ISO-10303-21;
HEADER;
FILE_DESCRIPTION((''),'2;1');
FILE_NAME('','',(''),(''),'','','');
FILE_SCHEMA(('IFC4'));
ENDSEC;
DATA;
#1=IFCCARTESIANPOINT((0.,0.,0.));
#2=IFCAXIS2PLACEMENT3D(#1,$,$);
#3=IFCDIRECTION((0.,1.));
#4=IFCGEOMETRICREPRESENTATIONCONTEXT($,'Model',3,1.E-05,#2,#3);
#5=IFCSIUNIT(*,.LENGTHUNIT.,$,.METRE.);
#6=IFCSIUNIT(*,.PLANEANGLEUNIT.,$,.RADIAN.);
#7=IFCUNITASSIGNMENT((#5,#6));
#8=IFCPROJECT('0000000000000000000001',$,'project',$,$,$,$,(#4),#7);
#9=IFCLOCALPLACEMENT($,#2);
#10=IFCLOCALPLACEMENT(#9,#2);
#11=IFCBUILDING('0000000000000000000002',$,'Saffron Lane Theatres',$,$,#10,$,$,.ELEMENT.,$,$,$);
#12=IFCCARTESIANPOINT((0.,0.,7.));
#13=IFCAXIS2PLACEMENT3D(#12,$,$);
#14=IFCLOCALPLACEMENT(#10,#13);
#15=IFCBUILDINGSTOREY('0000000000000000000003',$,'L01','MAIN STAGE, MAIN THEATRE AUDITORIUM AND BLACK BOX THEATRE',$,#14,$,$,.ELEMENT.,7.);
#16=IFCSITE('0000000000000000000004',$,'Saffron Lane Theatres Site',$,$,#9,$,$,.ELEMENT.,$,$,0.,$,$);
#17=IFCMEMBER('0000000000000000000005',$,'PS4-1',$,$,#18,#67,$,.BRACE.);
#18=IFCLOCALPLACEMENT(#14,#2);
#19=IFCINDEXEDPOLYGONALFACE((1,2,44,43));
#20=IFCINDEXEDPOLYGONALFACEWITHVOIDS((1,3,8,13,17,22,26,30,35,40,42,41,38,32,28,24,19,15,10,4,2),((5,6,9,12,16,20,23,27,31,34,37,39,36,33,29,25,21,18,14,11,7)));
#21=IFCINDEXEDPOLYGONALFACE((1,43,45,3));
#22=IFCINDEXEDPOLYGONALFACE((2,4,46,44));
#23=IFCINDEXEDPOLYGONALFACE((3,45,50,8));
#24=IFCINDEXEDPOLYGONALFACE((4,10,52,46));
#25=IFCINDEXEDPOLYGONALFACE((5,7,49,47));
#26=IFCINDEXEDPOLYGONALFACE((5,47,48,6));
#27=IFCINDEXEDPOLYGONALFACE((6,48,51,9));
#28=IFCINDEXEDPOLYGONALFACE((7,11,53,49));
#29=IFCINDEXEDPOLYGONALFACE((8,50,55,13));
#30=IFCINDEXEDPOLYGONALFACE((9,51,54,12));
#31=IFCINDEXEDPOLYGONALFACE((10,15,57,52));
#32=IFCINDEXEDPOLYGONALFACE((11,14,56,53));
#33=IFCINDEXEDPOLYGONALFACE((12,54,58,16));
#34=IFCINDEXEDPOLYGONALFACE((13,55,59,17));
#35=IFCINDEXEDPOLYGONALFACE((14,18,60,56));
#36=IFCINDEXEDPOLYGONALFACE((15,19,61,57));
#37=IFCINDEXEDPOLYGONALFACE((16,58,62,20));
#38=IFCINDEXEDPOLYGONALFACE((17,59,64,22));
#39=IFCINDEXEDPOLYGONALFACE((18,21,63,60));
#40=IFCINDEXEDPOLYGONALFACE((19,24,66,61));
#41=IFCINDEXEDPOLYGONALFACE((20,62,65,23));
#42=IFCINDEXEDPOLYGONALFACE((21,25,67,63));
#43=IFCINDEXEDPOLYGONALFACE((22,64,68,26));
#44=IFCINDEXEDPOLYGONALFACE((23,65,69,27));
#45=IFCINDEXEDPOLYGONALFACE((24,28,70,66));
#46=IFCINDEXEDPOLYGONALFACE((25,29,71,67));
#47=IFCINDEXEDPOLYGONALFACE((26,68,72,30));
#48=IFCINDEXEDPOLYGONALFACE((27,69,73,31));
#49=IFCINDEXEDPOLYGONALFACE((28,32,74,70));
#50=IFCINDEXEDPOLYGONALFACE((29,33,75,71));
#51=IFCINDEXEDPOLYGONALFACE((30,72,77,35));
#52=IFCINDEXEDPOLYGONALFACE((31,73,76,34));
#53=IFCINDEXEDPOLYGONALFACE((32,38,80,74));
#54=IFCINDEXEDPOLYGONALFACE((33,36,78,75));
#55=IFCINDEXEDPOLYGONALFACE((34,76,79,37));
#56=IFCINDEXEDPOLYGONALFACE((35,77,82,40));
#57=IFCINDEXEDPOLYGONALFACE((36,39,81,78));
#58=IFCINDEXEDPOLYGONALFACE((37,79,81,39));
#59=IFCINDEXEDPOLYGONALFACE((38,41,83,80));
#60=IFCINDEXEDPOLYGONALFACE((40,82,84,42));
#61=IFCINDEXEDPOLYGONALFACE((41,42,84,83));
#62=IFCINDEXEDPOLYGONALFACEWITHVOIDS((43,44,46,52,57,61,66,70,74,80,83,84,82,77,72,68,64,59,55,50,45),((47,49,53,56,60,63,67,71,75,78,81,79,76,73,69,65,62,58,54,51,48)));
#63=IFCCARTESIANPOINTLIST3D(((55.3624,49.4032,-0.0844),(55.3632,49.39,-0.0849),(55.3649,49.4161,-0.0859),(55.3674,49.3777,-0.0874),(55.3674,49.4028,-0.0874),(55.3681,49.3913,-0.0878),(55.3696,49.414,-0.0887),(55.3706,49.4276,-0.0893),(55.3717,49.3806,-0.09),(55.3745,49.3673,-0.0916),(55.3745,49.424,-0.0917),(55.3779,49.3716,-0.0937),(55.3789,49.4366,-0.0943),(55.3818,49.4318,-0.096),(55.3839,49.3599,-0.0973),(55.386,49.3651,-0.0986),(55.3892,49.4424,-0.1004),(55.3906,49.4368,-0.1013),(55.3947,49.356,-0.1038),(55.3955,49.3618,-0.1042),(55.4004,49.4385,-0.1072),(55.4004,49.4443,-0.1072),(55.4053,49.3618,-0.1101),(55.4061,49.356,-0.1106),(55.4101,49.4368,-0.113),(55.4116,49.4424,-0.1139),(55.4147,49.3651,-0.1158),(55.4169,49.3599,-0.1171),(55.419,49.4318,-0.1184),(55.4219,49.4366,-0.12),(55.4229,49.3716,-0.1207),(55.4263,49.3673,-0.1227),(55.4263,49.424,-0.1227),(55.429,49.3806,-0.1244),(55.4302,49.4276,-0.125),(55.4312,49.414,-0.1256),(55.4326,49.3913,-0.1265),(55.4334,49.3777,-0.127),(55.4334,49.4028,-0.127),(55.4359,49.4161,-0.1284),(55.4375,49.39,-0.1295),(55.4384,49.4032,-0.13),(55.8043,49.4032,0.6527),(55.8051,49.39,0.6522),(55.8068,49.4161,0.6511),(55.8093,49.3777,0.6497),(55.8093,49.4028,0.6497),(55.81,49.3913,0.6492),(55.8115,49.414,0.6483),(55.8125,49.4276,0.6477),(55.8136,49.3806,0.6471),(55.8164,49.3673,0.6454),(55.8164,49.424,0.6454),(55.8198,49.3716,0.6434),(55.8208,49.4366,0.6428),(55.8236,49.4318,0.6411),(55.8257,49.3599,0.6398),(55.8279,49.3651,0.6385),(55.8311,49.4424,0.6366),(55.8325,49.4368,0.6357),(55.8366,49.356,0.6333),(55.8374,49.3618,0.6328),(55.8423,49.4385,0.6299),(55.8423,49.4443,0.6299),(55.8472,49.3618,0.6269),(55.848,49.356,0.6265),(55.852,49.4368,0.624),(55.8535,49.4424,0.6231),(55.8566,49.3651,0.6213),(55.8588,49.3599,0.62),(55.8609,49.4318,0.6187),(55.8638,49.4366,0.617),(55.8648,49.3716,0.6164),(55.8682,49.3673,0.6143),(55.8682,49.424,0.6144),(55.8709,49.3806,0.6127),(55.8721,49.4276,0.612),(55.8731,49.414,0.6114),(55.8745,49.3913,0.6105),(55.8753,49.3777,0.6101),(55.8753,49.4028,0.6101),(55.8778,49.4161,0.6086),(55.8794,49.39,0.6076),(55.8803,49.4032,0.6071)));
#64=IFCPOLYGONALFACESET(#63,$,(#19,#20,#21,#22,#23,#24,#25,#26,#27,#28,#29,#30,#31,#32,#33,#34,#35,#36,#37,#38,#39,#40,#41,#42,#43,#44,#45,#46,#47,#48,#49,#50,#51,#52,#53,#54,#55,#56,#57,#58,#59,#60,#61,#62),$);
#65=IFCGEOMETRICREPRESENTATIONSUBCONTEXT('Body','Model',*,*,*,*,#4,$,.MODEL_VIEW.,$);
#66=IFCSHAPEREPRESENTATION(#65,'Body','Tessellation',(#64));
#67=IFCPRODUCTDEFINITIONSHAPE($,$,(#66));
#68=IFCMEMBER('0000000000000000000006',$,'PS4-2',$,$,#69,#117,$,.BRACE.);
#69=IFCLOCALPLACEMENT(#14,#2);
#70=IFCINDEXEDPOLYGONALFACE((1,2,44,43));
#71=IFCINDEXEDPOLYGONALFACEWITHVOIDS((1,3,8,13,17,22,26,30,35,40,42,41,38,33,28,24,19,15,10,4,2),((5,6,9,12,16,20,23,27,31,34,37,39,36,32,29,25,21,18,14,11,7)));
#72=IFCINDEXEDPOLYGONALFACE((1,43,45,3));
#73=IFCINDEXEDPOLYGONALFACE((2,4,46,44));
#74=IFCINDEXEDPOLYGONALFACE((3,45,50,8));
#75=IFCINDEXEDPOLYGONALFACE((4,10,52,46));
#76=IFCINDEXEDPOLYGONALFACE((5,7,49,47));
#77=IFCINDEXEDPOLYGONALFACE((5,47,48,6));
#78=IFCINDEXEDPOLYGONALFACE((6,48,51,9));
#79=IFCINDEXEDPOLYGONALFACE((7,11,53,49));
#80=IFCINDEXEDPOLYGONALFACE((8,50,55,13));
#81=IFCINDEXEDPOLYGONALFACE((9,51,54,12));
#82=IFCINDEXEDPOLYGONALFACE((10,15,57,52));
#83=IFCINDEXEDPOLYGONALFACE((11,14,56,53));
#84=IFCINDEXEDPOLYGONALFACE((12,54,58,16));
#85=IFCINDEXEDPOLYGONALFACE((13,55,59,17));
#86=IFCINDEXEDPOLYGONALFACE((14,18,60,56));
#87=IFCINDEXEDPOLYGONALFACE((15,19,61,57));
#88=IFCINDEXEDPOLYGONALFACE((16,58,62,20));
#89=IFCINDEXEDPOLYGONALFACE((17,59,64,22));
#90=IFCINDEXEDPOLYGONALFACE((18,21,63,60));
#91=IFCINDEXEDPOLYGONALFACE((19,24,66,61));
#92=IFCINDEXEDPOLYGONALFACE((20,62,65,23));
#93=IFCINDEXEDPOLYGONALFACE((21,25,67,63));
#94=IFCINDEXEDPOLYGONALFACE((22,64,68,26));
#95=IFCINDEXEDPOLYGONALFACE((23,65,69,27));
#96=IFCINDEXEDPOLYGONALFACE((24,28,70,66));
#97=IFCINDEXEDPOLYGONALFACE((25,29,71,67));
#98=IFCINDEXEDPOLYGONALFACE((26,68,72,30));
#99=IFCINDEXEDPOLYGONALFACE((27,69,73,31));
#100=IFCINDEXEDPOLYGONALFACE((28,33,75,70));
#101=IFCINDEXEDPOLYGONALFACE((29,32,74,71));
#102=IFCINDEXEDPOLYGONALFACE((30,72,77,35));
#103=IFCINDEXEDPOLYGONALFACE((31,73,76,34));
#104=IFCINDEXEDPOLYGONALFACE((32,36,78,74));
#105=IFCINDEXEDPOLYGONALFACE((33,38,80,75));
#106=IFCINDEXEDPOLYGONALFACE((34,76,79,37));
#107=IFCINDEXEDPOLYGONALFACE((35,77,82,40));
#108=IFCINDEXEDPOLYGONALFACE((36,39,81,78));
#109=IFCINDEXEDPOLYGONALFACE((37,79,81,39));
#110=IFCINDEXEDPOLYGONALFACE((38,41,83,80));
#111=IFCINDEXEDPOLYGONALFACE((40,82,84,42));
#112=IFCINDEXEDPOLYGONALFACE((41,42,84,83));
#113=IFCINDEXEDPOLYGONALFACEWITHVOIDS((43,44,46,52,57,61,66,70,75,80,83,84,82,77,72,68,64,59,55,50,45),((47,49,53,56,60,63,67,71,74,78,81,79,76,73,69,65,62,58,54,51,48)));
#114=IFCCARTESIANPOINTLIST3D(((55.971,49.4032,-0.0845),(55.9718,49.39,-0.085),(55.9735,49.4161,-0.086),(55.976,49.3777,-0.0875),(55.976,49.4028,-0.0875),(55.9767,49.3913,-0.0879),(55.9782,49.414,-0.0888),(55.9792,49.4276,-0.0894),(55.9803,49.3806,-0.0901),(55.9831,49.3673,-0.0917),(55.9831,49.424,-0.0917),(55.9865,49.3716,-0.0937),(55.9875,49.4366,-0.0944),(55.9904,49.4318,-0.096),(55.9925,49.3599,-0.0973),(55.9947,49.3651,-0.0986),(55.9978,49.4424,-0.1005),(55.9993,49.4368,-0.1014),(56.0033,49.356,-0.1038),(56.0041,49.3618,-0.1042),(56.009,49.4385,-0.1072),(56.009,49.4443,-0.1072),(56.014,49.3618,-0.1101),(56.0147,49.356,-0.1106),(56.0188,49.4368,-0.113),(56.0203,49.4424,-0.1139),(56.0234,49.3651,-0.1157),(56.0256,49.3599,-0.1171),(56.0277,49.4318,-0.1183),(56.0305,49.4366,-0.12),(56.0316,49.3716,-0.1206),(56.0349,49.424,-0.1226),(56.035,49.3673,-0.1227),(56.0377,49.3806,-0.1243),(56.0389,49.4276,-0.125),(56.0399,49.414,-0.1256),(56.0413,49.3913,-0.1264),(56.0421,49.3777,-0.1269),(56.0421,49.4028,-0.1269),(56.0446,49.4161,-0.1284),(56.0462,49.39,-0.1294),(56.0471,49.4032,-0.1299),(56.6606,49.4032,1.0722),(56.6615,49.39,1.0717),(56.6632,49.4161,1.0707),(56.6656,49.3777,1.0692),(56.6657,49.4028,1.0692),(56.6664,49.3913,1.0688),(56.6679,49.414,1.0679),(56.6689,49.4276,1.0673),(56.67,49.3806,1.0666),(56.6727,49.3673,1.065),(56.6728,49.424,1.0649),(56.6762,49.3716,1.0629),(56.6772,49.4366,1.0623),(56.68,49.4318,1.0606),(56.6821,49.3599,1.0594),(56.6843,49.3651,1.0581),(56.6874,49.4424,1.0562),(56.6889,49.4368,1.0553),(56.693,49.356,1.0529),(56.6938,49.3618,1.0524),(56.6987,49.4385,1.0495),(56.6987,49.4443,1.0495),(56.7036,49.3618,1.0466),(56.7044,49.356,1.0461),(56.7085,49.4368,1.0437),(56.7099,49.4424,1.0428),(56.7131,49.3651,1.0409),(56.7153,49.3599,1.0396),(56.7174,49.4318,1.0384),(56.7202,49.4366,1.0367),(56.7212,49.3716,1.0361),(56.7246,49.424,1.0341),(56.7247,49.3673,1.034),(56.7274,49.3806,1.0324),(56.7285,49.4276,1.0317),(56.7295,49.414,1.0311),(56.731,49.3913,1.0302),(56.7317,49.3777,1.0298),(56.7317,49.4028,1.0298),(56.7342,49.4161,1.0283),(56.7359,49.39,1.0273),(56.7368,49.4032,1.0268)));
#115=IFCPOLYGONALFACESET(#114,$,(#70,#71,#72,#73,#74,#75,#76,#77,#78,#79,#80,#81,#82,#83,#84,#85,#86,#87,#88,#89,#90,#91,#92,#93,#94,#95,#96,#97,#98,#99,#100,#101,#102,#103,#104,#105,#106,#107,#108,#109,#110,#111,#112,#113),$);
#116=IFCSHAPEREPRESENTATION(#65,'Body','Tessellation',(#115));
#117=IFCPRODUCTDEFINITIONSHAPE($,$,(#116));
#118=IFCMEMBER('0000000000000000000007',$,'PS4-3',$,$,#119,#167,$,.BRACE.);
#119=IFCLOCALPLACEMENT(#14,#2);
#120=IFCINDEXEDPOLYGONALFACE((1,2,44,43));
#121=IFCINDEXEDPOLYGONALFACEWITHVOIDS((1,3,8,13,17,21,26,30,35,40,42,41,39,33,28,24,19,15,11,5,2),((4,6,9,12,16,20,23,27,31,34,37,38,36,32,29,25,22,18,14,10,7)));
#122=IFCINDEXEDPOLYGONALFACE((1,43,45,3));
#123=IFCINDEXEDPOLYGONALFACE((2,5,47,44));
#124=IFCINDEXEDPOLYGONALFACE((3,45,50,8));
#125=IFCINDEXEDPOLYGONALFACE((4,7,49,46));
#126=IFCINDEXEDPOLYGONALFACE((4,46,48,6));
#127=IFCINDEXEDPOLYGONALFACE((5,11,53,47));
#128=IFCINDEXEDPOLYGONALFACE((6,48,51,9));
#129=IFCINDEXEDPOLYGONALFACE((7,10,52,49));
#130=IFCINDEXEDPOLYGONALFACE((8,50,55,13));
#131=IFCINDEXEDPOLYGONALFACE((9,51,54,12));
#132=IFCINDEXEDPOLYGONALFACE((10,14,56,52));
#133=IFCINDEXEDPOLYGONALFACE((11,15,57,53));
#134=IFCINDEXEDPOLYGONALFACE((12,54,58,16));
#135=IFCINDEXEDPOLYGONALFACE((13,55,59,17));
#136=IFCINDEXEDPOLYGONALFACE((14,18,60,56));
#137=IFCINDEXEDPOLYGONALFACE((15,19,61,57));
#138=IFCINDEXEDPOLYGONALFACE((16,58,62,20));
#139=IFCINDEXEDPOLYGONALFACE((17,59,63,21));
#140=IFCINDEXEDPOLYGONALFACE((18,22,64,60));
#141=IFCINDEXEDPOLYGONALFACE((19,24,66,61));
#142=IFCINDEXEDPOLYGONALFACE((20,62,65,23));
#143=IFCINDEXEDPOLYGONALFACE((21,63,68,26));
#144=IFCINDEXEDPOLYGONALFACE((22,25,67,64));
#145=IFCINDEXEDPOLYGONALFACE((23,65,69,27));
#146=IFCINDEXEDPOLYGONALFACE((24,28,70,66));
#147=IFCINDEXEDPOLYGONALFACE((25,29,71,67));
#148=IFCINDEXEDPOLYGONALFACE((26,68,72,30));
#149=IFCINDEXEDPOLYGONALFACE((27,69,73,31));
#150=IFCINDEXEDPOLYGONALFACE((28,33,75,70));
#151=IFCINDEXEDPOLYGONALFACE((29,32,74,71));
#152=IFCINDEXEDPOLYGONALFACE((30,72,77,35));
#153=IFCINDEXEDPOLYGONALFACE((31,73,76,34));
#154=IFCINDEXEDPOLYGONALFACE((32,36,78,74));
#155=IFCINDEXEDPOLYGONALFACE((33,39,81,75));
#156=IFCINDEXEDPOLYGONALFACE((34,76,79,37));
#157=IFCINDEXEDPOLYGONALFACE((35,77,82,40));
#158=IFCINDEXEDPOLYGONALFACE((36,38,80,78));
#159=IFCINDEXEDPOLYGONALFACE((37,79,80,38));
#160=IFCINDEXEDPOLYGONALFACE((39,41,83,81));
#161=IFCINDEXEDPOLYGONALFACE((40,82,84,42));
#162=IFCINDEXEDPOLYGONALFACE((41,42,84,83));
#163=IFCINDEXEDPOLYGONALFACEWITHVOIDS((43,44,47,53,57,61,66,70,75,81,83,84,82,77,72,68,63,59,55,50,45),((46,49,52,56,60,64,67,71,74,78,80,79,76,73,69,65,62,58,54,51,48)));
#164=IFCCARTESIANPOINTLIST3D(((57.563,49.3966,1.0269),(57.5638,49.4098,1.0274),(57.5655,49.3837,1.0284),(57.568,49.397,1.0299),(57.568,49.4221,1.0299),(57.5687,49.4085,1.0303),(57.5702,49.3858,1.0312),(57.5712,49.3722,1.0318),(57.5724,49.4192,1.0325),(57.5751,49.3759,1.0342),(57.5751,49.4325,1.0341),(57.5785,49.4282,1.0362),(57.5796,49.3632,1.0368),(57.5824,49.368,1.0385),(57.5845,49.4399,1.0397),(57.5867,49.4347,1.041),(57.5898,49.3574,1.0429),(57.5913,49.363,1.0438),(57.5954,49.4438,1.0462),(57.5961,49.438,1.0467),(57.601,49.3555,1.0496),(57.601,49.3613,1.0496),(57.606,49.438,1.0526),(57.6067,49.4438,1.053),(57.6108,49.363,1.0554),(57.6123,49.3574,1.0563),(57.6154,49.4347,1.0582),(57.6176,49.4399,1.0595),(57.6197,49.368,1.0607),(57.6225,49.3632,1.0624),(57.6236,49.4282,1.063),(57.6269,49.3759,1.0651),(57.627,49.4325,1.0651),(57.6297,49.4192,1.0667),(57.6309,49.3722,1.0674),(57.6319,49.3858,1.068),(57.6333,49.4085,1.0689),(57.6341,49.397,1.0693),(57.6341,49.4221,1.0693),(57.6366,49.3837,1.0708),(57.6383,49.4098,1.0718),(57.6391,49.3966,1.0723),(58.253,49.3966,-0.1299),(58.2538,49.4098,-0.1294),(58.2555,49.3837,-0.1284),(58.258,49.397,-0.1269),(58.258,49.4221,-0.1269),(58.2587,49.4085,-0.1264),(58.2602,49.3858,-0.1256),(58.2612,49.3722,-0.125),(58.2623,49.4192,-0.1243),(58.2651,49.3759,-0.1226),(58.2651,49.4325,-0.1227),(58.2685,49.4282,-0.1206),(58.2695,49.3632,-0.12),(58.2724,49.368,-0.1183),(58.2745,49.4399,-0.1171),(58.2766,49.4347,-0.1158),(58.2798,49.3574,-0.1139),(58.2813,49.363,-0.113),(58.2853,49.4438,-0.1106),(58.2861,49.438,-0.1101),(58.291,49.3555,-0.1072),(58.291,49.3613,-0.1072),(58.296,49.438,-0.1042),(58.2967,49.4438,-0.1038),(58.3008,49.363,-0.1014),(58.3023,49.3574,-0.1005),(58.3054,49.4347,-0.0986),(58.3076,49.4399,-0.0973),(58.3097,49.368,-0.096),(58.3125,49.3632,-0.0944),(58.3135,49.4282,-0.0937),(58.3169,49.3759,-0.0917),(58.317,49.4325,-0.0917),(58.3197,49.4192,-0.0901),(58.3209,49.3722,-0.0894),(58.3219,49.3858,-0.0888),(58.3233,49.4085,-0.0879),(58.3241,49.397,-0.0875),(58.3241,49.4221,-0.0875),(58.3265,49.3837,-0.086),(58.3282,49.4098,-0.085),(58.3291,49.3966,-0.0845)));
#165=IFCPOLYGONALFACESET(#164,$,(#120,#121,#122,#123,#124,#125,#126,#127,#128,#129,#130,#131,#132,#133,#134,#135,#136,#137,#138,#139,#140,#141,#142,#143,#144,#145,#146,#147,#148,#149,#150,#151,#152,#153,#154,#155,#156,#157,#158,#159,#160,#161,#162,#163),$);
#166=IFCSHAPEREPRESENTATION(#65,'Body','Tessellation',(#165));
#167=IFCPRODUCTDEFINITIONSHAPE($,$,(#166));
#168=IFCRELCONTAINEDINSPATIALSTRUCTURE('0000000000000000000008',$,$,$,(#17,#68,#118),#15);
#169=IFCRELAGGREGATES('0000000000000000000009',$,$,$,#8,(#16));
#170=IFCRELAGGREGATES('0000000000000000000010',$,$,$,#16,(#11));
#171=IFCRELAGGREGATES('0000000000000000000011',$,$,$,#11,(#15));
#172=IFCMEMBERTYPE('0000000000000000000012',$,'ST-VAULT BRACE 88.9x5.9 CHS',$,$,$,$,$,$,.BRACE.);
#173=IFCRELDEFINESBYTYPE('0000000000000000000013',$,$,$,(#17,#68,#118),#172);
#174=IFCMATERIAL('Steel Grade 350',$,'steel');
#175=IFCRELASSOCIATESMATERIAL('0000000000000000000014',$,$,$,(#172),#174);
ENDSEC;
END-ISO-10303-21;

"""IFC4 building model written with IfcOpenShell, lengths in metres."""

from ifc_helpers import new_model, si_unit, direction, frame, origin, origin_2d, place, context, subcontext, project, spatial, hollow_circle, extrude, material, material_profile, profile_set, type_object, element, save


model = new_model("IFC4")

# Units and contexts
model_context = context("Model", 3, precision=1e-05, world=origin(), true_north=direction((0.0, 1.0)))
body_context = subcontext(model_context, "Body", "Model", "MODEL_VIEW")
ifc_project = project(units=[si_unit("LENGTHUNIT", "METRE"), si_unit("PLANEANGLEUNIT", "RADIAN")], contexts=[model_context])

# Site, building, storey
site_placement = place(None, origin())
site = spatial("IfcSite", under=ifc_project, at=site_placement, Name="Saffron Lane Theatres Site", CompositionType="ELEMENT", RefElevation=0.0)
building_placement = place(site_placement, origin())
building = spatial("IfcBuilding", under=site, at=building_placement, Name="Saffron Lane Theatres", CompositionType="ELEMENT")
storey_placement = place(building_placement, frame((0.0, 0.0, 7.0)))
storey = spatial("IfcBuildingStorey", under=building, at=storey_placement, Name="L01", Description="MAIN STAGE, MAIN THEATRE AUDITORIUM AND BLACK BOX THEATRE", CompositionType="ELEMENT", Elevation=7.0)

# Members
ifc_material_1 = material(Name="Steel Grade 350", Category="steel")
ifc_material_profile_1 = material_profile(ifc_material_1, hollow_circle(Radius=0.0444, WallThickness=0.0059, at=origin_2d()))
ifc_profile_set_1 = profile_set([ifc_material_profile_1], Name="Steel Grade 350")
member_type = type_object("IfcMemberType", Name="ST-VAULT BRACE 88.9x5.9 CHS", PredefinedType="BRACE", material=ifc_profile_set_1)
for number, where, z_axis, x_axis, name in (
    (1, (55.4004, 49.3999, -0.1072), (0.514203, 0.0, 0.857668), (0.0, 1.0, 0.0), "PS4-1"),
):
    element("IfcMember", number, at=place(storey_placement, frame(where, z_axis=z_axis, x_axis=x_axis)), inside=storey, type_object=member_type, Name=name, PredefinedType="BRACE", context=body_context, shape_type="SweptSolid", body=[
        extrude(hollow_circle(Radius=0.0444, WallThickness=0.0059, at=origin_2d()), origin(), (0.0, 0.0, 1.0), 0.8594),
    ])
member_1_placement = place(storey_placement, frame((56.009, 49.3999, -0.1072), z_axis=(0.512121, 0.0, 0.858913), x_axis=(0.0, 1.0, 0.0)))
element("IfcMember", 2, at=member_1_placement, inside=storey, type_object=member_type, Name="PS4-2", PredefinedType="BRACE", context=body_context, shape_type="SweptSolid", body=[
    extrude(hollow_circle(Radius=0.0444, WallThickness=0.0059, at=origin_2d()), origin(), (0.0, 0.0, 1.0), 1.3467),
])
member_2_placement = place(storey_placement, frame((58.291, 49.3999, -0.1072), z_axis=(-0.512255, 0.0, 0.858833), x_axis=(0.0, -1.0, 0.0)))
element("IfcMember", 3, at=member_2_placement, inside=storey, type_object=member_type, Name="PS4-3", PredefinedType="BRACE", context=body_context, shape_type="SweptSolid", body=[
    extrude(hollow_circle(Radius=0.0444, WallThickness=0.0059, at=origin_2d()), origin(), (0.0, 0.0, 1.0), 1.3469),
])

save(model, "model.ifc")
